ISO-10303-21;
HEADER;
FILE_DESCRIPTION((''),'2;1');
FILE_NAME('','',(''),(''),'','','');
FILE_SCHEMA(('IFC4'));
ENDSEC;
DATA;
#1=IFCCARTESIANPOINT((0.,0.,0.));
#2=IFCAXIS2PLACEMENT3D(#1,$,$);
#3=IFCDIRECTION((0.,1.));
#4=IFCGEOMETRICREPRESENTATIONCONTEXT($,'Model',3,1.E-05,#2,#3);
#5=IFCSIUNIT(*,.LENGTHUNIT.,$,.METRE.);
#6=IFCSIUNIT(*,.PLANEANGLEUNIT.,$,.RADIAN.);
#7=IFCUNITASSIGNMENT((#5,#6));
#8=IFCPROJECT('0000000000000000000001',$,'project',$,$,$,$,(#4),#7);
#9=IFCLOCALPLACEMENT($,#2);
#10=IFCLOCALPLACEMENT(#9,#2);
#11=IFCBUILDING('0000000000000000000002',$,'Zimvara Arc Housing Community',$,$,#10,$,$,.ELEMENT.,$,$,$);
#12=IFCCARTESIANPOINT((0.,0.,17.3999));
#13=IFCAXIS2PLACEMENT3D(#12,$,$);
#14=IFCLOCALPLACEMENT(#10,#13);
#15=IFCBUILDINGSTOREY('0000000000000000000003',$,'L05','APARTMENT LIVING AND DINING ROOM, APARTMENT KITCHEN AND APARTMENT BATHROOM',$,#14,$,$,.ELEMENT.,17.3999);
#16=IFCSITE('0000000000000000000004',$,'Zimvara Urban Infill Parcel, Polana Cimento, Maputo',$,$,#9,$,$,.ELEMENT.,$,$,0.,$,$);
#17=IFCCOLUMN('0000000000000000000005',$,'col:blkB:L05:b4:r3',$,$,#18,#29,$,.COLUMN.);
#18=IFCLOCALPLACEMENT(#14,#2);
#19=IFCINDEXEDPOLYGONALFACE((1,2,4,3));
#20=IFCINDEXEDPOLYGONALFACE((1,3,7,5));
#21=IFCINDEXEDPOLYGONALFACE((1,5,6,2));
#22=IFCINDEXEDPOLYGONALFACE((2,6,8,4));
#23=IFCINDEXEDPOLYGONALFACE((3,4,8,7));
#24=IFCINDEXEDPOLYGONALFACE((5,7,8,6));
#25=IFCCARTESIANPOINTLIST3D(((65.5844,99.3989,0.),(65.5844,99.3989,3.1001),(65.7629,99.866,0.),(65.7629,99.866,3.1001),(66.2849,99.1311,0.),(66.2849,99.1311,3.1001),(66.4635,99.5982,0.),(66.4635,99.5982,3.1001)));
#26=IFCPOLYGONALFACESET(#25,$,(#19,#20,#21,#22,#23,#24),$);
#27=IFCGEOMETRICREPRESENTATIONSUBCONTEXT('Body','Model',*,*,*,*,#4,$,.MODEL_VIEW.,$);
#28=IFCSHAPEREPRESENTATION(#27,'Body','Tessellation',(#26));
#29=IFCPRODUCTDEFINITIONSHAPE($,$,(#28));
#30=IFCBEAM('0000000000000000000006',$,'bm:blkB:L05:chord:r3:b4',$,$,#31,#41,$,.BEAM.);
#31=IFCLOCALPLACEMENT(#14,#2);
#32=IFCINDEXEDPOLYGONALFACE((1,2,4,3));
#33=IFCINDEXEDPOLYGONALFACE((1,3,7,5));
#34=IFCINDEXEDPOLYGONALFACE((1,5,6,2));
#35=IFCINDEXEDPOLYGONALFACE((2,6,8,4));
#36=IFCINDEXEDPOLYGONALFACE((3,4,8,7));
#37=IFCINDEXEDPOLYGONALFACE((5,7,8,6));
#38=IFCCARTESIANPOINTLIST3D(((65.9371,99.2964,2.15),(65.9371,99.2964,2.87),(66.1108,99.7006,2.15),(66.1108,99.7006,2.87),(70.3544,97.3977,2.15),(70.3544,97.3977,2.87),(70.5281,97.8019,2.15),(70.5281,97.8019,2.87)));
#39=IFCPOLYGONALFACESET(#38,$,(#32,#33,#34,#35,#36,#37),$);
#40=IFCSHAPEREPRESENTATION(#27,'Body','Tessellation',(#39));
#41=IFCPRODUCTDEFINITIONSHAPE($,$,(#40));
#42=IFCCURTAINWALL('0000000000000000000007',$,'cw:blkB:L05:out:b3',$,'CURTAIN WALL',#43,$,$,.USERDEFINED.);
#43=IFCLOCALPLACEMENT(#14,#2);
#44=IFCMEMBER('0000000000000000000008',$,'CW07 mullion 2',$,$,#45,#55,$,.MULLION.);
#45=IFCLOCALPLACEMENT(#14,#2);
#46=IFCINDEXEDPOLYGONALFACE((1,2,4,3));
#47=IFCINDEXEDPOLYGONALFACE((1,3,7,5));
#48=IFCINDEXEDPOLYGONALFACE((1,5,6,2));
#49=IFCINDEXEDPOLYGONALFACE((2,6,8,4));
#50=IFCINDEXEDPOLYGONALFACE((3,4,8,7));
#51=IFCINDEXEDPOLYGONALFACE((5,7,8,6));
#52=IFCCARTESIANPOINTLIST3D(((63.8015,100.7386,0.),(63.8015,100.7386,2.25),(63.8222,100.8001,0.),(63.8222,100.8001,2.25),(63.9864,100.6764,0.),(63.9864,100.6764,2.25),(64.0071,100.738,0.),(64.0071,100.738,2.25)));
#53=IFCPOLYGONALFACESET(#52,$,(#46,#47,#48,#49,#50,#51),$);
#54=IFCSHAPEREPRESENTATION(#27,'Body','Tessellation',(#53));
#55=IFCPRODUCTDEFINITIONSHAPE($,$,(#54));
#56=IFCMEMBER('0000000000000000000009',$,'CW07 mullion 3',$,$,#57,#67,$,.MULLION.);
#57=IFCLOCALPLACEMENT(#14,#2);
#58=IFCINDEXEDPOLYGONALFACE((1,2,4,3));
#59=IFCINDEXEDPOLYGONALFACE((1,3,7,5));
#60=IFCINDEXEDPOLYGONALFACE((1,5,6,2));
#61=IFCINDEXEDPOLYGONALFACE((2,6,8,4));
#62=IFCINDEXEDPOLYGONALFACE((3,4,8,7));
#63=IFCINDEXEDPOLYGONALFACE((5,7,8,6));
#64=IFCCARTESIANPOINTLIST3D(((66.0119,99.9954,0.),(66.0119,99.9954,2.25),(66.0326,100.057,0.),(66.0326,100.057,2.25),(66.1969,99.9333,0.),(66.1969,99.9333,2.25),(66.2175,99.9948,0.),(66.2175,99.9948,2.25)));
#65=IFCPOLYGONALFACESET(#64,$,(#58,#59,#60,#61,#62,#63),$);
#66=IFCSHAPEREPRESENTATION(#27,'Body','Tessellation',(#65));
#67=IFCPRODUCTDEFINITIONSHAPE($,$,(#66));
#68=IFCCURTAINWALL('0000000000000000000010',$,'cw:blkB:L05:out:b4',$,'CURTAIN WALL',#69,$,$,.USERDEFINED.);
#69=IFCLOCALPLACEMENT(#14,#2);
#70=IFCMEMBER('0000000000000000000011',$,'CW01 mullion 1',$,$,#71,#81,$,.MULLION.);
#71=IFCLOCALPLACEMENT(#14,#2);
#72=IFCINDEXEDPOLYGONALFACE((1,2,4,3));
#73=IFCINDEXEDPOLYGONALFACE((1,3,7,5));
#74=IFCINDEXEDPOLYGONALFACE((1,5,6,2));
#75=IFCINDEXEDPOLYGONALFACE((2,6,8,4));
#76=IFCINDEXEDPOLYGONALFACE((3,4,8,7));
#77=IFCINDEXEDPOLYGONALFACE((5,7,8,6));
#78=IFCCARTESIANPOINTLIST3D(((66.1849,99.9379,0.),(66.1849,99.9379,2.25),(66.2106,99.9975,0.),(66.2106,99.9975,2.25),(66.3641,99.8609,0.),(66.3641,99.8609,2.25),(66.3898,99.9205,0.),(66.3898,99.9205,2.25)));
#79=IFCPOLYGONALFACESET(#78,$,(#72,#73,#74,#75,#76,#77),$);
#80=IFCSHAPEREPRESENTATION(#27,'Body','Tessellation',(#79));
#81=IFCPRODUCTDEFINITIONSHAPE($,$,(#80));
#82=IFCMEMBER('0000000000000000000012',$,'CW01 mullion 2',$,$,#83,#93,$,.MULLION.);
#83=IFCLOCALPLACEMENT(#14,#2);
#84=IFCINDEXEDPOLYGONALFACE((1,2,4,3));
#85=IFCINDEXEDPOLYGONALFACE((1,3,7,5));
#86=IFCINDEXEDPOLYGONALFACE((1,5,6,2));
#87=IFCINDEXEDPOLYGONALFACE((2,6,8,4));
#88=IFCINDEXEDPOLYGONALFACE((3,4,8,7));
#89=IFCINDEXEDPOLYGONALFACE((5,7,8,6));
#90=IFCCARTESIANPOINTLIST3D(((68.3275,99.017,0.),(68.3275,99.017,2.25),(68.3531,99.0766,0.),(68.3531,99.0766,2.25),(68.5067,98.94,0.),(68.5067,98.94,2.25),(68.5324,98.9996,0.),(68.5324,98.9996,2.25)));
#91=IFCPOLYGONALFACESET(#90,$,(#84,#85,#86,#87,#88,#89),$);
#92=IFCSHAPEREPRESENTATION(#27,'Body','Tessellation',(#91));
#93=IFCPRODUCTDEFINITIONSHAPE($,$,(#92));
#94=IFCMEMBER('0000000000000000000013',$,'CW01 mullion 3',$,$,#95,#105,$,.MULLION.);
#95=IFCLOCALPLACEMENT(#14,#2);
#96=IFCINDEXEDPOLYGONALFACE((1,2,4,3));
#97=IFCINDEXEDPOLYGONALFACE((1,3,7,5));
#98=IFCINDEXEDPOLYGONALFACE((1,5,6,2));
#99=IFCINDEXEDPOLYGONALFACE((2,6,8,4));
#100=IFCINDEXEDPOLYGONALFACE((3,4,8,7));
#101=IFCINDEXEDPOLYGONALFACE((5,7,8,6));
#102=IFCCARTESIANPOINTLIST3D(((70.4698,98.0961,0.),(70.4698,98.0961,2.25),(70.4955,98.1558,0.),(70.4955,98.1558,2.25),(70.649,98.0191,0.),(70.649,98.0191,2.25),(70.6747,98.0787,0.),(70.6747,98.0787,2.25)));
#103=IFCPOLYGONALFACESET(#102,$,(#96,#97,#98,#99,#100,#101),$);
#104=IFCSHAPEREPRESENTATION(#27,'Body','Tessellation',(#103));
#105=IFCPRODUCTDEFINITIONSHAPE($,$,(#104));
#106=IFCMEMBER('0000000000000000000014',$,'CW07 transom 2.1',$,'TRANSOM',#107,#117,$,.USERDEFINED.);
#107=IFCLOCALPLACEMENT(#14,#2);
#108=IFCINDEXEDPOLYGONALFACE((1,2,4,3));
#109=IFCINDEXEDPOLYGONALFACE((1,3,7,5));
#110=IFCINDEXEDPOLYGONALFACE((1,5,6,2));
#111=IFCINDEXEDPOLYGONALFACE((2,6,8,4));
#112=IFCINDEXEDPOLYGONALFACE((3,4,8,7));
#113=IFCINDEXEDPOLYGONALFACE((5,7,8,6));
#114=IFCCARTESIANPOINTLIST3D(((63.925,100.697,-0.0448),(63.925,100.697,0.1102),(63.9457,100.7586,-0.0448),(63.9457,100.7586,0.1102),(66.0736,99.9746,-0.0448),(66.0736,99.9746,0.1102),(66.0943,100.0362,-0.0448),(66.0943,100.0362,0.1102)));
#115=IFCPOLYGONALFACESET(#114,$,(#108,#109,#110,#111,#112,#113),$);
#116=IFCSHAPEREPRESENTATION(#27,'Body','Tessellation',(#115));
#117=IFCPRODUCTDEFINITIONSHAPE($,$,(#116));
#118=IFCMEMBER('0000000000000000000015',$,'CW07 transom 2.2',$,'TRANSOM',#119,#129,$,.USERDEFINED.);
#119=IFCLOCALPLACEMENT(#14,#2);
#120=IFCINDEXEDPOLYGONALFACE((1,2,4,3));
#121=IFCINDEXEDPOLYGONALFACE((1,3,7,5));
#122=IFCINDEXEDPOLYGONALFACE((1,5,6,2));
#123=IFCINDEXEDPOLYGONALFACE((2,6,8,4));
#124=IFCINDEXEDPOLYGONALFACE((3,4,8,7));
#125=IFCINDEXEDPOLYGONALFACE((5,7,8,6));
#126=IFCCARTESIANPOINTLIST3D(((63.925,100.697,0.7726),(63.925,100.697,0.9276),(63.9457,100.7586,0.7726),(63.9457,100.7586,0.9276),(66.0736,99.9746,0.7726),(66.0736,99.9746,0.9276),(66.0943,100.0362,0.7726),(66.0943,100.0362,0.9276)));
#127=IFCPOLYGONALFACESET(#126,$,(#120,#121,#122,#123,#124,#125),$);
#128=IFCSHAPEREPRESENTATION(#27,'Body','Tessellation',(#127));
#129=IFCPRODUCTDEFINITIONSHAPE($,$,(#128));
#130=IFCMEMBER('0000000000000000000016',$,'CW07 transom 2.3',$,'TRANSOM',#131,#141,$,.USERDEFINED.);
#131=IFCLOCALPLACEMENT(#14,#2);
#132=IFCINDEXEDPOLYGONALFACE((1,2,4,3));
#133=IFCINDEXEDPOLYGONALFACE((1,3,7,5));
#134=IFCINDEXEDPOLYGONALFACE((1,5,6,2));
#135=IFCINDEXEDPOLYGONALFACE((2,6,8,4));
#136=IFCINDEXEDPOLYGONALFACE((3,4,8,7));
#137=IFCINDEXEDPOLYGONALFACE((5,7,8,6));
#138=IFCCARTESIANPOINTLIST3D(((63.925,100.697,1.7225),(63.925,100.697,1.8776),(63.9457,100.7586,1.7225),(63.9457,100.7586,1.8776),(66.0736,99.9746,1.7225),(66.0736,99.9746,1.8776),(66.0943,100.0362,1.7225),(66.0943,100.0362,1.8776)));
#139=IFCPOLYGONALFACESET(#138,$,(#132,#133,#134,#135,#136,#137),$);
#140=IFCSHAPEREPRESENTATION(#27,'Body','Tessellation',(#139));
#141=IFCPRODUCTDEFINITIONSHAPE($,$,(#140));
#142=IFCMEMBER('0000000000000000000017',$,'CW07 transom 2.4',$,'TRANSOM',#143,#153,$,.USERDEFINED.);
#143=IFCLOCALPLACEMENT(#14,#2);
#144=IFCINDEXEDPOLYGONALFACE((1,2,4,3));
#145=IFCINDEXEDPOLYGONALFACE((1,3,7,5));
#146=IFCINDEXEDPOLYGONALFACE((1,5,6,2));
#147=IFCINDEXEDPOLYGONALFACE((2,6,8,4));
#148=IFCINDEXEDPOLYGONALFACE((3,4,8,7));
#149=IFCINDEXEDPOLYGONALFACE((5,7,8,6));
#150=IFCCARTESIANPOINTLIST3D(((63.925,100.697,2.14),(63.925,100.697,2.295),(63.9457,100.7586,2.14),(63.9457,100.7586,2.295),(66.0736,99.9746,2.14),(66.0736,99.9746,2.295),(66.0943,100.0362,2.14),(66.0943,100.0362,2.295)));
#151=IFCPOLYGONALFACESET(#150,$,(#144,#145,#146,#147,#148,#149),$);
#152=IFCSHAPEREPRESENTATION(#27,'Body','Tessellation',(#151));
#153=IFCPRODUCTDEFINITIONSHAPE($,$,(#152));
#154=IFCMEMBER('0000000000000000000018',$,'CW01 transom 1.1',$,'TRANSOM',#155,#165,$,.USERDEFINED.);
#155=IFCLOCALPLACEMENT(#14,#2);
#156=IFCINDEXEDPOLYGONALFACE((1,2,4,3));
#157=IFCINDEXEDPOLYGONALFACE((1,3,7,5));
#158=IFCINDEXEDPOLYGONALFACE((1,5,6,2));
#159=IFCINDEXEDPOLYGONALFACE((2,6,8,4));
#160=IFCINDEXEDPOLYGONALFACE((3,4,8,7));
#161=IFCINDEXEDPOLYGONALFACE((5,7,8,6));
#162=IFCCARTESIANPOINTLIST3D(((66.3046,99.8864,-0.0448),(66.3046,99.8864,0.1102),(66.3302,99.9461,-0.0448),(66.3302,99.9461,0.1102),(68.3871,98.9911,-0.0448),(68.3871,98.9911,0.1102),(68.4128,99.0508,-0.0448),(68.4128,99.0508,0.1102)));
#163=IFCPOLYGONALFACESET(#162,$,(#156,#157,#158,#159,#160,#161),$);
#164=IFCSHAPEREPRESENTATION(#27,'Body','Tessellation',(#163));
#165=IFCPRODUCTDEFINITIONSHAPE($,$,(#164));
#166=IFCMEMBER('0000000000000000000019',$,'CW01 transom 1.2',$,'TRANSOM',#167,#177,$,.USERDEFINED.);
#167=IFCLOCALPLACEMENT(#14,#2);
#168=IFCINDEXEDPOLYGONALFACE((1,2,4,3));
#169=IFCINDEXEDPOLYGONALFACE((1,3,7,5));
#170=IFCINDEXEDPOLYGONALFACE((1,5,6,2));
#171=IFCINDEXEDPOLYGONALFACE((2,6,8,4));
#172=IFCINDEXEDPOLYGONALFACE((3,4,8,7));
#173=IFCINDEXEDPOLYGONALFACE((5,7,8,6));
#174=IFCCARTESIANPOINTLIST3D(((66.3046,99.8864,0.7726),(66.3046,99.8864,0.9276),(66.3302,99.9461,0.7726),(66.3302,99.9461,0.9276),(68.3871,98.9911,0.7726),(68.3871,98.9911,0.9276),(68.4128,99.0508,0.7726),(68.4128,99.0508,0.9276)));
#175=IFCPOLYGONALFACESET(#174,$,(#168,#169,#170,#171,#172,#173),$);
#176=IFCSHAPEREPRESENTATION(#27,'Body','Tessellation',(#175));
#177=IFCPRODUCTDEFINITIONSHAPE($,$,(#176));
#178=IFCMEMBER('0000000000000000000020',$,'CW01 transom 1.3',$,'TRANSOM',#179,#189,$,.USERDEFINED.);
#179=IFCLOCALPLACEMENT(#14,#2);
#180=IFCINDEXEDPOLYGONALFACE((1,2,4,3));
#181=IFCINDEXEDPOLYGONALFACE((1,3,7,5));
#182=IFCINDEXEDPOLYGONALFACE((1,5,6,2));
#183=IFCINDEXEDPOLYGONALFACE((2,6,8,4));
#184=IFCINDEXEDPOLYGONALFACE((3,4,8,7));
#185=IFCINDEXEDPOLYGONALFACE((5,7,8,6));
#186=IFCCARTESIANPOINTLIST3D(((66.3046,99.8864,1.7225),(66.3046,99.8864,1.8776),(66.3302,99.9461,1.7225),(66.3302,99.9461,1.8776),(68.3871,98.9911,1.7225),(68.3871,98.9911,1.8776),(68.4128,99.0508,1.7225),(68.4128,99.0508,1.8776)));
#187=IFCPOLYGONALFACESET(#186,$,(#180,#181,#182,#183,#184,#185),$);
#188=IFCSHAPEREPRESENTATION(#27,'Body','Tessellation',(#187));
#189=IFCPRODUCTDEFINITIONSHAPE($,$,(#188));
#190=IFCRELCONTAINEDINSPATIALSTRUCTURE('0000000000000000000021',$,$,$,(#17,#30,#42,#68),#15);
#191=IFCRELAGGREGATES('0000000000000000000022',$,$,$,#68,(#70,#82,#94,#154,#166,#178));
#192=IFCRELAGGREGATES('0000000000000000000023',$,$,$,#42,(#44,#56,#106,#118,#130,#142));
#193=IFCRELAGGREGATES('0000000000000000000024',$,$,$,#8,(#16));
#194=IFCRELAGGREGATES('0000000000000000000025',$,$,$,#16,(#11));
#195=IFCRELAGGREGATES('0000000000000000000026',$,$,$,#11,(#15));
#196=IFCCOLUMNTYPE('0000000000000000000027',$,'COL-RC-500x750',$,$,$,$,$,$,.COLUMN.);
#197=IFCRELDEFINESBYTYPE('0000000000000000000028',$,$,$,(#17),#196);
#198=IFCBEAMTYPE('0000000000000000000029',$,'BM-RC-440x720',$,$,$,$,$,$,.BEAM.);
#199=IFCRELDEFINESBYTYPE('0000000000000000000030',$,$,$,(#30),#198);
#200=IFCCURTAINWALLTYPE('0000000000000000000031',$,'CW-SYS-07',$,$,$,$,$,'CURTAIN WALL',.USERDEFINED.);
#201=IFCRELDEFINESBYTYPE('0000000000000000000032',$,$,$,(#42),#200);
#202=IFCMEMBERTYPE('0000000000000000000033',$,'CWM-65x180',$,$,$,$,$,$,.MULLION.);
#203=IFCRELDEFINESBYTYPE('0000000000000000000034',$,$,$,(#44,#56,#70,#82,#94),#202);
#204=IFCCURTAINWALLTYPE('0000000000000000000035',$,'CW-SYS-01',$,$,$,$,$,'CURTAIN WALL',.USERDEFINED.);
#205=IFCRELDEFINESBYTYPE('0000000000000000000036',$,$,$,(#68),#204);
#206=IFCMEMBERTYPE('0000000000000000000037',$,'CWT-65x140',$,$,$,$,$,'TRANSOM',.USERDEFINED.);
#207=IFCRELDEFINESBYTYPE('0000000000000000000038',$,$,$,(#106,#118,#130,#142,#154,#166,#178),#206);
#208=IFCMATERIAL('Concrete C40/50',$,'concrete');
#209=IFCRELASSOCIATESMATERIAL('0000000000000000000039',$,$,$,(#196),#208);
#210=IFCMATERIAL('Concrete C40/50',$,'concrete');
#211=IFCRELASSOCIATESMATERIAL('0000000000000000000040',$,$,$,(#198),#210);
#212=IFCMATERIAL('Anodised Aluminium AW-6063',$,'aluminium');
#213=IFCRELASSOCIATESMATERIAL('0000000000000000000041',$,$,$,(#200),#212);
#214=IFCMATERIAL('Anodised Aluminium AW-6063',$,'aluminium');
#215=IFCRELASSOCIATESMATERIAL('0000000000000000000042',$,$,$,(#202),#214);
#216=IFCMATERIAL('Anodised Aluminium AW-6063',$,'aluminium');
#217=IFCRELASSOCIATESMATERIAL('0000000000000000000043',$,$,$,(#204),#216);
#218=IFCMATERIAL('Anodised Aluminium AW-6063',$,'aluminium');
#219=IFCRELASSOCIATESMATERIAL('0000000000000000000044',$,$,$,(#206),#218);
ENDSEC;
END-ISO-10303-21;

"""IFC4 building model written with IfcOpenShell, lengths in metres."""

from ifc_helpers import new_model, si_unit, direction, frame, origin, origin_2d, place, context, subcontext, project, spatial, rectangle, extrude, material, material_profile, profile_set, type_object, element, aggregate, save


model = new_model("IFC4")

# Units and contexts
model_context = context("Model", 3, precision=1e-05, world=origin(), true_north=direction((0.0, 1.0)))
body_context = subcontext(model_context, "Body", "Model", "MODEL_VIEW")
ifc_project = project(units=[si_unit("LENGTHUNIT", "METRE"), si_unit("PLANEANGLEUNIT", "RADIAN")], contexts=[model_context])

# Site, building, storey
site_placement = place(None, origin())
site = spatial("IfcSite", under=ifc_project, at=site_placement, Name="Zimvara Urban Infill Parcel, Polana Cimento, Maputo", CompositionType="ELEMENT", RefElevation=0.0)
building_placement = place(site_placement, origin())
building = spatial("IfcBuilding", under=site, at=building_placement, Name="Zimvara Arc Housing Community", CompositionType="ELEMENT")
storey_placement = place(building_placement, frame((0.0, 0.0, 17.3999)))
storey = spatial("IfcBuildingStorey", under=building, at=storey_placement, Name="L05", Description="APARTMENT LIVING AND DINING ROOM, APARTMENT KITCHEN AND APARTMENT BATHROOM", CompositionType="ELEMENT", Elevation=17.3999)

# Column
ifc_material_1 = material(Name="Concrete C40/50", Category="concrete")
ifc_material_profile_1 = material_profile(ifc_material_1, rectangle(XDim=0.5, YDim=0.75, at=origin_2d()), Name="RC 500x750")
ifc_profile_set_1 = profile_set([ifc_material_profile_1], Name="Concrete C40/50")
column_type = type_object("IfcColumnType", Name="COL-RC-500x750", PredefinedType="COLUMN", material=ifc_profile_set_1)
column_placement = place(storey_placement, frame((66.0239, 99.4985, 0.0), z_axis=(0.0, 0.0, 1.0), x_axis=(0.357064, 0.93408, 0.0)))
element("IfcColumn", 1, at=column_placement, inside=storey, type_object=column_type, Name="col:blkB:L05:b4:r3", PredefinedType="COLUMN", context=body_context, shape_type="SweptSolid", body=[
    extrude(rectangle(XDim=0.5, YDim=0.75, at=origin_2d()), origin(), (0.0, 0.0, 1.0), 3.1001),
])

# Beam
ifc_material_2 = material(Name="Concrete C40/50", Category="concrete")
ifc_material_profile_2 = material_profile(ifc_material_2, rectangle(XDim=0.4399, YDim=0.72, at=origin_2d()), Name="RC 440x720")
ifc_profile_set_2 = profile_set([ifc_material_profile_2], Name="Concrete C40/50")
beam_type = type_object("IfcBeamType", Name="BM-RC-440x720", PredefinedType="BEAM", material=ifc_profile_set_2)
beam_placement = place(storey_placement, frame((66.0239, 99.4985, 2.51), z_axis=(0.918724, -0.3949, 0.0), x_axis=(0.3949, 0.918724, 0.0)))
element("IfcBeam", 2, at=beam_placement, inside=storey, type_object=beam_type, Name="bm:blkB:L05:chord:r3:b4", PredefinedType="BEAM", context=body_context, shape_type="SweptSolid", body=[
    extrude(rectangle(XDim=0.4399, YDim=0.72, at=origin_2d()), origin(), (0.0, 0.0, 1.0), 4.8081),
])

# Curtain walls, members
ifc_material_3 = material(Name="Anodised Aluminium AW-6063", Category="aluminium")
curtain_wall_type_1 = type_object("IfcCurtainWallType", Name="CW-SYS-07", ElementType="CURTAIN WALL", PredefinedType="USERDEFINED", material=ifc_material_3)
curtain_wall_1_placement = place(storey_placement, origin())
curtain_wall_1 = element("IfcCurtainWall", 3, at=curtain_wall_1_placement, inside=storey, type_object=curtain_wall_type_1, Name="cw:blkB:L05:out:b3", ObjectType="CURTAIN WALL", PredefinedType="USERDEFINED")
ifc_material_4 = material(Name="Anodised Aluminium AW-6063", Category="aluminium")
ifc_material_profile_3 = material_profile(ifc_material_4, rectangle(XDim=0.0649, YDim=0.1951, at=origin_2d()), Name="ALU 65x195")
ifc_profile_set_3 = profile_set([ifc_material_profile_3], Name="Anodised Aluminium AW-6063")
member_type_1 = type_object("IfcMemberType", Name="CWM-65x180", PredefinedType="MULLION", material=ifc_profile_set_3)
member_1_placement = place(storey_placement, frame((63.9043, 100.7383, 0.0), z_axis=(0.0, 0.0, 1.0), x_axis=(0.318629, 0.94788, 0.0)))
member_1 = element("IfcMember", 4, at=member_1_placement, type_object=member_type_1, Name="CW07 mullion 2", PredefinedType="MULLION", context=body_context, shape_type="SweptSolid", body=[
    extrude(rectangle(XDim=0.0649, YDim=0.1951, at=origin_2d()), origin(), (0.0, 0.0, 1.0), 2.25),
])
member_2_placement = place(storey_placement, frame((66.1147, 99.9951, 0.0), z_axis=(0.0, 0.0, 1.0), x_axis=(0.318629, 0.94788, 0.0)))
member_2 = element("IfcMember", 5, at=member_2_placement, type_object=member_type_1, Name="CW07 mullion 3", PredefinedType="MULLION", context=body_context, shape_type="SweptSolid", body=[
    extrude(rectangle(XDim=0.0649, YDim=0.1951, at=origin_2d()), origin(), (0.0, 0.0, 1.0), 2.25),
])
ifc_material_5 = material(Name="Anodised Aluminium AW-6063", Category="aluminium")
curtain_wall_type_2 = type_object("IfcCurtainWallType", Name="CW-SYS-01", ElementType="CURTAIN WALL", PredefinedType="USERDEFINED", material=ifc_material_5)
curtain_wall_2_placement = place(storey_placement, origin())
curtain_wall_2 = element("IfcCurtainWall", 6, at=curtain_wall_2_placement, inside=storey, type_object=curtain_wall_type_2, Name="cw:blkB:L05:out:b4", ObjectType="CURTAIN WALL", PredefinedType="USERDEFINED")
member_3_placement = place(storey_placement, frame((66.2874, 99.9292, 0.0), z_axis=(0.0, 0.0, 1.0), x_axis=(0.394904, 0.918722, 0.0)))
member_3 = element("IfcMember", 7, at=member_3_placement, type_object=member_type_1, Name="CW01 mullion 1", PredefinedType="MULLION", context=body_context, shape_type="SweptSolid", body=[
    extrude(rectangle(XDim=0.0649, YDim=0.1951, at=origin_2d()), origin(), (0.0, 0.0, 1.0), 2.25),
])
member_4_placement = place(storey_placement, frame((68.4299, 99.0083, 0.0), z_axis=(0.0, 0.0, 1.0), x_axis=(0.394904, 0.918722, 0.0)))
member_4 = element("IfcMember", 8, at=member_4_placement, type_object=member_type_1, Name="CW01 mullion 2", PredefinedType="MULLION", context=body_context, shape_type="SweptSolid", body=[
    extrude(rectangle(XDim=0.0649, YDim=0.1951, at=origin_2d()), origin(), (0.0, 0.0, 1.0), 2.25),
])
member_5_placement = place(storey_placement, frame((70.5723, 98.0874, 0.0), z_axis=(0.0, 0.0, 1.0), x_axis=(0.394904, 0.918722, 0.0)))
member_5 = element("IfcMember", 9, at=member_5_placement, type_object=member_type_1, Name="CW01 mullion 3", PredefinedType="MULLION", context=body_context, shape_type="SweptSolid", body=[
    extrude(rectangle(XDim=0.0649, YDim=0.1951, at=origin_2d()), origin(), (0.0, 0.0, 1.0), 2.25),
])

# Members
ifc_material_6 = material(Name="Anodised Aluminium AW-6063", Category="aluminium")
ifc_material_profile_4 = material_profile(ifc_material_6, rectangle(XDim=0.0649, YDim=0.155, at=origin_2d()), Name="ALU 65x155")
ifc_profile_set_4 = profile_set([ifc_material_profile_4], Name="Anodised Aluminium AW-6063")
member_type_2 = type_object("IfcMemberType", Name="CWT-65x140", ElementType="TRANSOM", PredefinedType="USERDEFINED", material=ifc_profile_set_4)
member_6_placement = place(storey_placement, frame((63.9353, 100.7278, 0.0327), z_axis=(0.947862, -0.318682, 0.0), x_axis=(0.318682, 0.947862, 0.0)))
member_6 = element("IfcMember", 10, at=member_6_placement, type_object=member_type_2, Name="CW07 transom 2.1", ObjectType="TRANSOM", PredefinedType="USERDEFINED", context=body_context, shape_type="SweptSolid", body=[
    extrude(rectangle(XDim=0.0649, YDim=0.155, at=origin_2d()), origin(), (0.0, 0.0, 1.0), 2.2668),
])
member_7_placement = place(storey_placement, frame((63.9353, 100.7278, 0.8501), z_axis=(0.947862, -0.318682, 0.0), x_axis=(0.318682, 0.947862, 0.0)))
member_7 = element("IfcMember", 11, at=member_7_placement, type_object=member_type_2, Name="CW07 transom 2.2", ObjectType="TRANSOM", PredefinedType="USERDEFINED", context=body_context, shape_type="SweptSolid", body=[
    extrude(rectangle(XDim=0.0649, YDim=0.155, at=origin_2d()), origin(), (0.0, 0.0, 1.0), 2.2668),
])
member_8_placement = place(storey_placement, frame((63.9353, 100.7278, 1.8), z_axis=(0.947862, -0.318682, 0.0), x_axis=(0.318682, 0.947862, 0.0)))
member_8 = element("IfcMember", 12, at=member_8_placement, type_object=member_type_2, Name="CW07 transom 2.3", ObjectType="TRANSOM", PredefinedType="USERDEFINED", context=body_context, shape_type="SweptSolid", body=[
    extrude(rectangle(XDim=0.0649, YDim=0.155, at=origin_2d()), origin(), (0.0, 0.0, 1.0), 2.2668),
])
member_9_placement = place(storey_placement, frame((63.9353, 100.7278, 2.2175), z_axis=(0.947862, -0.318682, 0.0), x_axis=(0.318682, 0.947862, 0.0)))
member_9 = element("IfcMember", 13, at=member_9_placement, type_object=member_type_2, Name="CW07 transom 2.4", ObjectType="TRANSOM", PredefinedType="USERDEFINED", context=body_context, shape_type="SweptSolid", body=[
    extrude(rectangle(XDim=0.0649, YDim=0.155, at=origin_2d()), origin(), (0.0, 0.0, 1.0), 2.2668),
])
member_10_placement = place(storey_placement, frame((66.3174, 99.9163, 0.0327), z_axis=(0.918704, -0.394946, 0.0), x_axis=(0.394946, 0.918704, 0.0)))
member_10 = element("IfcMember", 14, at=member_10_placement, type_object=member_type_2, Name="CW01 transom 1.1", ObjectType="TRANSOM", PredefinedType="USERDEFINED", context=body_context, shape_type="SweptSolid", body=[
    extrude(rectangle(XDim=0.0649, YDim=0.155, at=origin_2d()), origin(), (0.0, 0.0, 1.0), 2.2668),
])
member_11_placement = place(storey_placement, frame((66.3174, 99.9163, 0.8501), z_axis=(0.918704, -0.394946, 0.0), x_axis=(0.394946, 0.918704, 0.0)))
member_11 = element("IfcMember", 15, at=member_11_placement, type_object=member_type_2, Name="CW01 transom 1.2", ObjectType="TRANSOM", PredefinedType="USERDEFINED", context=body_context, shape_type="SweptSolid", body=[
    extrude(rectangle(XDim=0.0649, YDim=0.155, at=origin_2d()), origin(), (0.0, 0.0, 1.0), 2.2668),
])
member_12_placement = place(storey_placement, frame((66.3174, 99.9163, 1.8), z_axis=(0.918704, -0.394946, 0.0), x_axis=(0.394946, 0.918704, 0.0)))
member_12 = element("IfcMember", 16, at=member_12_placement, type_object=member_type_2, Name="CW01 transom 1.3", ObjectType="TRANSOM", PredefinedType="USERDEFINED", context=body_context, shape_type="SweptSolid", body=[
    extrude(rectangle(XDim=0.0649, YDim=0.155, at=origin_2d()), origin(), (0.0, 0.0, 1.0), 2.2668),
])

aggregate(curtain_wall_2, [member_3, member_4, member_5, member_10, member_11, member_12])
aggregate(curtain_wall_1, [member_1, member_2, member_6, member_7, member_8, member_9])

save(model, "model.ifc")
